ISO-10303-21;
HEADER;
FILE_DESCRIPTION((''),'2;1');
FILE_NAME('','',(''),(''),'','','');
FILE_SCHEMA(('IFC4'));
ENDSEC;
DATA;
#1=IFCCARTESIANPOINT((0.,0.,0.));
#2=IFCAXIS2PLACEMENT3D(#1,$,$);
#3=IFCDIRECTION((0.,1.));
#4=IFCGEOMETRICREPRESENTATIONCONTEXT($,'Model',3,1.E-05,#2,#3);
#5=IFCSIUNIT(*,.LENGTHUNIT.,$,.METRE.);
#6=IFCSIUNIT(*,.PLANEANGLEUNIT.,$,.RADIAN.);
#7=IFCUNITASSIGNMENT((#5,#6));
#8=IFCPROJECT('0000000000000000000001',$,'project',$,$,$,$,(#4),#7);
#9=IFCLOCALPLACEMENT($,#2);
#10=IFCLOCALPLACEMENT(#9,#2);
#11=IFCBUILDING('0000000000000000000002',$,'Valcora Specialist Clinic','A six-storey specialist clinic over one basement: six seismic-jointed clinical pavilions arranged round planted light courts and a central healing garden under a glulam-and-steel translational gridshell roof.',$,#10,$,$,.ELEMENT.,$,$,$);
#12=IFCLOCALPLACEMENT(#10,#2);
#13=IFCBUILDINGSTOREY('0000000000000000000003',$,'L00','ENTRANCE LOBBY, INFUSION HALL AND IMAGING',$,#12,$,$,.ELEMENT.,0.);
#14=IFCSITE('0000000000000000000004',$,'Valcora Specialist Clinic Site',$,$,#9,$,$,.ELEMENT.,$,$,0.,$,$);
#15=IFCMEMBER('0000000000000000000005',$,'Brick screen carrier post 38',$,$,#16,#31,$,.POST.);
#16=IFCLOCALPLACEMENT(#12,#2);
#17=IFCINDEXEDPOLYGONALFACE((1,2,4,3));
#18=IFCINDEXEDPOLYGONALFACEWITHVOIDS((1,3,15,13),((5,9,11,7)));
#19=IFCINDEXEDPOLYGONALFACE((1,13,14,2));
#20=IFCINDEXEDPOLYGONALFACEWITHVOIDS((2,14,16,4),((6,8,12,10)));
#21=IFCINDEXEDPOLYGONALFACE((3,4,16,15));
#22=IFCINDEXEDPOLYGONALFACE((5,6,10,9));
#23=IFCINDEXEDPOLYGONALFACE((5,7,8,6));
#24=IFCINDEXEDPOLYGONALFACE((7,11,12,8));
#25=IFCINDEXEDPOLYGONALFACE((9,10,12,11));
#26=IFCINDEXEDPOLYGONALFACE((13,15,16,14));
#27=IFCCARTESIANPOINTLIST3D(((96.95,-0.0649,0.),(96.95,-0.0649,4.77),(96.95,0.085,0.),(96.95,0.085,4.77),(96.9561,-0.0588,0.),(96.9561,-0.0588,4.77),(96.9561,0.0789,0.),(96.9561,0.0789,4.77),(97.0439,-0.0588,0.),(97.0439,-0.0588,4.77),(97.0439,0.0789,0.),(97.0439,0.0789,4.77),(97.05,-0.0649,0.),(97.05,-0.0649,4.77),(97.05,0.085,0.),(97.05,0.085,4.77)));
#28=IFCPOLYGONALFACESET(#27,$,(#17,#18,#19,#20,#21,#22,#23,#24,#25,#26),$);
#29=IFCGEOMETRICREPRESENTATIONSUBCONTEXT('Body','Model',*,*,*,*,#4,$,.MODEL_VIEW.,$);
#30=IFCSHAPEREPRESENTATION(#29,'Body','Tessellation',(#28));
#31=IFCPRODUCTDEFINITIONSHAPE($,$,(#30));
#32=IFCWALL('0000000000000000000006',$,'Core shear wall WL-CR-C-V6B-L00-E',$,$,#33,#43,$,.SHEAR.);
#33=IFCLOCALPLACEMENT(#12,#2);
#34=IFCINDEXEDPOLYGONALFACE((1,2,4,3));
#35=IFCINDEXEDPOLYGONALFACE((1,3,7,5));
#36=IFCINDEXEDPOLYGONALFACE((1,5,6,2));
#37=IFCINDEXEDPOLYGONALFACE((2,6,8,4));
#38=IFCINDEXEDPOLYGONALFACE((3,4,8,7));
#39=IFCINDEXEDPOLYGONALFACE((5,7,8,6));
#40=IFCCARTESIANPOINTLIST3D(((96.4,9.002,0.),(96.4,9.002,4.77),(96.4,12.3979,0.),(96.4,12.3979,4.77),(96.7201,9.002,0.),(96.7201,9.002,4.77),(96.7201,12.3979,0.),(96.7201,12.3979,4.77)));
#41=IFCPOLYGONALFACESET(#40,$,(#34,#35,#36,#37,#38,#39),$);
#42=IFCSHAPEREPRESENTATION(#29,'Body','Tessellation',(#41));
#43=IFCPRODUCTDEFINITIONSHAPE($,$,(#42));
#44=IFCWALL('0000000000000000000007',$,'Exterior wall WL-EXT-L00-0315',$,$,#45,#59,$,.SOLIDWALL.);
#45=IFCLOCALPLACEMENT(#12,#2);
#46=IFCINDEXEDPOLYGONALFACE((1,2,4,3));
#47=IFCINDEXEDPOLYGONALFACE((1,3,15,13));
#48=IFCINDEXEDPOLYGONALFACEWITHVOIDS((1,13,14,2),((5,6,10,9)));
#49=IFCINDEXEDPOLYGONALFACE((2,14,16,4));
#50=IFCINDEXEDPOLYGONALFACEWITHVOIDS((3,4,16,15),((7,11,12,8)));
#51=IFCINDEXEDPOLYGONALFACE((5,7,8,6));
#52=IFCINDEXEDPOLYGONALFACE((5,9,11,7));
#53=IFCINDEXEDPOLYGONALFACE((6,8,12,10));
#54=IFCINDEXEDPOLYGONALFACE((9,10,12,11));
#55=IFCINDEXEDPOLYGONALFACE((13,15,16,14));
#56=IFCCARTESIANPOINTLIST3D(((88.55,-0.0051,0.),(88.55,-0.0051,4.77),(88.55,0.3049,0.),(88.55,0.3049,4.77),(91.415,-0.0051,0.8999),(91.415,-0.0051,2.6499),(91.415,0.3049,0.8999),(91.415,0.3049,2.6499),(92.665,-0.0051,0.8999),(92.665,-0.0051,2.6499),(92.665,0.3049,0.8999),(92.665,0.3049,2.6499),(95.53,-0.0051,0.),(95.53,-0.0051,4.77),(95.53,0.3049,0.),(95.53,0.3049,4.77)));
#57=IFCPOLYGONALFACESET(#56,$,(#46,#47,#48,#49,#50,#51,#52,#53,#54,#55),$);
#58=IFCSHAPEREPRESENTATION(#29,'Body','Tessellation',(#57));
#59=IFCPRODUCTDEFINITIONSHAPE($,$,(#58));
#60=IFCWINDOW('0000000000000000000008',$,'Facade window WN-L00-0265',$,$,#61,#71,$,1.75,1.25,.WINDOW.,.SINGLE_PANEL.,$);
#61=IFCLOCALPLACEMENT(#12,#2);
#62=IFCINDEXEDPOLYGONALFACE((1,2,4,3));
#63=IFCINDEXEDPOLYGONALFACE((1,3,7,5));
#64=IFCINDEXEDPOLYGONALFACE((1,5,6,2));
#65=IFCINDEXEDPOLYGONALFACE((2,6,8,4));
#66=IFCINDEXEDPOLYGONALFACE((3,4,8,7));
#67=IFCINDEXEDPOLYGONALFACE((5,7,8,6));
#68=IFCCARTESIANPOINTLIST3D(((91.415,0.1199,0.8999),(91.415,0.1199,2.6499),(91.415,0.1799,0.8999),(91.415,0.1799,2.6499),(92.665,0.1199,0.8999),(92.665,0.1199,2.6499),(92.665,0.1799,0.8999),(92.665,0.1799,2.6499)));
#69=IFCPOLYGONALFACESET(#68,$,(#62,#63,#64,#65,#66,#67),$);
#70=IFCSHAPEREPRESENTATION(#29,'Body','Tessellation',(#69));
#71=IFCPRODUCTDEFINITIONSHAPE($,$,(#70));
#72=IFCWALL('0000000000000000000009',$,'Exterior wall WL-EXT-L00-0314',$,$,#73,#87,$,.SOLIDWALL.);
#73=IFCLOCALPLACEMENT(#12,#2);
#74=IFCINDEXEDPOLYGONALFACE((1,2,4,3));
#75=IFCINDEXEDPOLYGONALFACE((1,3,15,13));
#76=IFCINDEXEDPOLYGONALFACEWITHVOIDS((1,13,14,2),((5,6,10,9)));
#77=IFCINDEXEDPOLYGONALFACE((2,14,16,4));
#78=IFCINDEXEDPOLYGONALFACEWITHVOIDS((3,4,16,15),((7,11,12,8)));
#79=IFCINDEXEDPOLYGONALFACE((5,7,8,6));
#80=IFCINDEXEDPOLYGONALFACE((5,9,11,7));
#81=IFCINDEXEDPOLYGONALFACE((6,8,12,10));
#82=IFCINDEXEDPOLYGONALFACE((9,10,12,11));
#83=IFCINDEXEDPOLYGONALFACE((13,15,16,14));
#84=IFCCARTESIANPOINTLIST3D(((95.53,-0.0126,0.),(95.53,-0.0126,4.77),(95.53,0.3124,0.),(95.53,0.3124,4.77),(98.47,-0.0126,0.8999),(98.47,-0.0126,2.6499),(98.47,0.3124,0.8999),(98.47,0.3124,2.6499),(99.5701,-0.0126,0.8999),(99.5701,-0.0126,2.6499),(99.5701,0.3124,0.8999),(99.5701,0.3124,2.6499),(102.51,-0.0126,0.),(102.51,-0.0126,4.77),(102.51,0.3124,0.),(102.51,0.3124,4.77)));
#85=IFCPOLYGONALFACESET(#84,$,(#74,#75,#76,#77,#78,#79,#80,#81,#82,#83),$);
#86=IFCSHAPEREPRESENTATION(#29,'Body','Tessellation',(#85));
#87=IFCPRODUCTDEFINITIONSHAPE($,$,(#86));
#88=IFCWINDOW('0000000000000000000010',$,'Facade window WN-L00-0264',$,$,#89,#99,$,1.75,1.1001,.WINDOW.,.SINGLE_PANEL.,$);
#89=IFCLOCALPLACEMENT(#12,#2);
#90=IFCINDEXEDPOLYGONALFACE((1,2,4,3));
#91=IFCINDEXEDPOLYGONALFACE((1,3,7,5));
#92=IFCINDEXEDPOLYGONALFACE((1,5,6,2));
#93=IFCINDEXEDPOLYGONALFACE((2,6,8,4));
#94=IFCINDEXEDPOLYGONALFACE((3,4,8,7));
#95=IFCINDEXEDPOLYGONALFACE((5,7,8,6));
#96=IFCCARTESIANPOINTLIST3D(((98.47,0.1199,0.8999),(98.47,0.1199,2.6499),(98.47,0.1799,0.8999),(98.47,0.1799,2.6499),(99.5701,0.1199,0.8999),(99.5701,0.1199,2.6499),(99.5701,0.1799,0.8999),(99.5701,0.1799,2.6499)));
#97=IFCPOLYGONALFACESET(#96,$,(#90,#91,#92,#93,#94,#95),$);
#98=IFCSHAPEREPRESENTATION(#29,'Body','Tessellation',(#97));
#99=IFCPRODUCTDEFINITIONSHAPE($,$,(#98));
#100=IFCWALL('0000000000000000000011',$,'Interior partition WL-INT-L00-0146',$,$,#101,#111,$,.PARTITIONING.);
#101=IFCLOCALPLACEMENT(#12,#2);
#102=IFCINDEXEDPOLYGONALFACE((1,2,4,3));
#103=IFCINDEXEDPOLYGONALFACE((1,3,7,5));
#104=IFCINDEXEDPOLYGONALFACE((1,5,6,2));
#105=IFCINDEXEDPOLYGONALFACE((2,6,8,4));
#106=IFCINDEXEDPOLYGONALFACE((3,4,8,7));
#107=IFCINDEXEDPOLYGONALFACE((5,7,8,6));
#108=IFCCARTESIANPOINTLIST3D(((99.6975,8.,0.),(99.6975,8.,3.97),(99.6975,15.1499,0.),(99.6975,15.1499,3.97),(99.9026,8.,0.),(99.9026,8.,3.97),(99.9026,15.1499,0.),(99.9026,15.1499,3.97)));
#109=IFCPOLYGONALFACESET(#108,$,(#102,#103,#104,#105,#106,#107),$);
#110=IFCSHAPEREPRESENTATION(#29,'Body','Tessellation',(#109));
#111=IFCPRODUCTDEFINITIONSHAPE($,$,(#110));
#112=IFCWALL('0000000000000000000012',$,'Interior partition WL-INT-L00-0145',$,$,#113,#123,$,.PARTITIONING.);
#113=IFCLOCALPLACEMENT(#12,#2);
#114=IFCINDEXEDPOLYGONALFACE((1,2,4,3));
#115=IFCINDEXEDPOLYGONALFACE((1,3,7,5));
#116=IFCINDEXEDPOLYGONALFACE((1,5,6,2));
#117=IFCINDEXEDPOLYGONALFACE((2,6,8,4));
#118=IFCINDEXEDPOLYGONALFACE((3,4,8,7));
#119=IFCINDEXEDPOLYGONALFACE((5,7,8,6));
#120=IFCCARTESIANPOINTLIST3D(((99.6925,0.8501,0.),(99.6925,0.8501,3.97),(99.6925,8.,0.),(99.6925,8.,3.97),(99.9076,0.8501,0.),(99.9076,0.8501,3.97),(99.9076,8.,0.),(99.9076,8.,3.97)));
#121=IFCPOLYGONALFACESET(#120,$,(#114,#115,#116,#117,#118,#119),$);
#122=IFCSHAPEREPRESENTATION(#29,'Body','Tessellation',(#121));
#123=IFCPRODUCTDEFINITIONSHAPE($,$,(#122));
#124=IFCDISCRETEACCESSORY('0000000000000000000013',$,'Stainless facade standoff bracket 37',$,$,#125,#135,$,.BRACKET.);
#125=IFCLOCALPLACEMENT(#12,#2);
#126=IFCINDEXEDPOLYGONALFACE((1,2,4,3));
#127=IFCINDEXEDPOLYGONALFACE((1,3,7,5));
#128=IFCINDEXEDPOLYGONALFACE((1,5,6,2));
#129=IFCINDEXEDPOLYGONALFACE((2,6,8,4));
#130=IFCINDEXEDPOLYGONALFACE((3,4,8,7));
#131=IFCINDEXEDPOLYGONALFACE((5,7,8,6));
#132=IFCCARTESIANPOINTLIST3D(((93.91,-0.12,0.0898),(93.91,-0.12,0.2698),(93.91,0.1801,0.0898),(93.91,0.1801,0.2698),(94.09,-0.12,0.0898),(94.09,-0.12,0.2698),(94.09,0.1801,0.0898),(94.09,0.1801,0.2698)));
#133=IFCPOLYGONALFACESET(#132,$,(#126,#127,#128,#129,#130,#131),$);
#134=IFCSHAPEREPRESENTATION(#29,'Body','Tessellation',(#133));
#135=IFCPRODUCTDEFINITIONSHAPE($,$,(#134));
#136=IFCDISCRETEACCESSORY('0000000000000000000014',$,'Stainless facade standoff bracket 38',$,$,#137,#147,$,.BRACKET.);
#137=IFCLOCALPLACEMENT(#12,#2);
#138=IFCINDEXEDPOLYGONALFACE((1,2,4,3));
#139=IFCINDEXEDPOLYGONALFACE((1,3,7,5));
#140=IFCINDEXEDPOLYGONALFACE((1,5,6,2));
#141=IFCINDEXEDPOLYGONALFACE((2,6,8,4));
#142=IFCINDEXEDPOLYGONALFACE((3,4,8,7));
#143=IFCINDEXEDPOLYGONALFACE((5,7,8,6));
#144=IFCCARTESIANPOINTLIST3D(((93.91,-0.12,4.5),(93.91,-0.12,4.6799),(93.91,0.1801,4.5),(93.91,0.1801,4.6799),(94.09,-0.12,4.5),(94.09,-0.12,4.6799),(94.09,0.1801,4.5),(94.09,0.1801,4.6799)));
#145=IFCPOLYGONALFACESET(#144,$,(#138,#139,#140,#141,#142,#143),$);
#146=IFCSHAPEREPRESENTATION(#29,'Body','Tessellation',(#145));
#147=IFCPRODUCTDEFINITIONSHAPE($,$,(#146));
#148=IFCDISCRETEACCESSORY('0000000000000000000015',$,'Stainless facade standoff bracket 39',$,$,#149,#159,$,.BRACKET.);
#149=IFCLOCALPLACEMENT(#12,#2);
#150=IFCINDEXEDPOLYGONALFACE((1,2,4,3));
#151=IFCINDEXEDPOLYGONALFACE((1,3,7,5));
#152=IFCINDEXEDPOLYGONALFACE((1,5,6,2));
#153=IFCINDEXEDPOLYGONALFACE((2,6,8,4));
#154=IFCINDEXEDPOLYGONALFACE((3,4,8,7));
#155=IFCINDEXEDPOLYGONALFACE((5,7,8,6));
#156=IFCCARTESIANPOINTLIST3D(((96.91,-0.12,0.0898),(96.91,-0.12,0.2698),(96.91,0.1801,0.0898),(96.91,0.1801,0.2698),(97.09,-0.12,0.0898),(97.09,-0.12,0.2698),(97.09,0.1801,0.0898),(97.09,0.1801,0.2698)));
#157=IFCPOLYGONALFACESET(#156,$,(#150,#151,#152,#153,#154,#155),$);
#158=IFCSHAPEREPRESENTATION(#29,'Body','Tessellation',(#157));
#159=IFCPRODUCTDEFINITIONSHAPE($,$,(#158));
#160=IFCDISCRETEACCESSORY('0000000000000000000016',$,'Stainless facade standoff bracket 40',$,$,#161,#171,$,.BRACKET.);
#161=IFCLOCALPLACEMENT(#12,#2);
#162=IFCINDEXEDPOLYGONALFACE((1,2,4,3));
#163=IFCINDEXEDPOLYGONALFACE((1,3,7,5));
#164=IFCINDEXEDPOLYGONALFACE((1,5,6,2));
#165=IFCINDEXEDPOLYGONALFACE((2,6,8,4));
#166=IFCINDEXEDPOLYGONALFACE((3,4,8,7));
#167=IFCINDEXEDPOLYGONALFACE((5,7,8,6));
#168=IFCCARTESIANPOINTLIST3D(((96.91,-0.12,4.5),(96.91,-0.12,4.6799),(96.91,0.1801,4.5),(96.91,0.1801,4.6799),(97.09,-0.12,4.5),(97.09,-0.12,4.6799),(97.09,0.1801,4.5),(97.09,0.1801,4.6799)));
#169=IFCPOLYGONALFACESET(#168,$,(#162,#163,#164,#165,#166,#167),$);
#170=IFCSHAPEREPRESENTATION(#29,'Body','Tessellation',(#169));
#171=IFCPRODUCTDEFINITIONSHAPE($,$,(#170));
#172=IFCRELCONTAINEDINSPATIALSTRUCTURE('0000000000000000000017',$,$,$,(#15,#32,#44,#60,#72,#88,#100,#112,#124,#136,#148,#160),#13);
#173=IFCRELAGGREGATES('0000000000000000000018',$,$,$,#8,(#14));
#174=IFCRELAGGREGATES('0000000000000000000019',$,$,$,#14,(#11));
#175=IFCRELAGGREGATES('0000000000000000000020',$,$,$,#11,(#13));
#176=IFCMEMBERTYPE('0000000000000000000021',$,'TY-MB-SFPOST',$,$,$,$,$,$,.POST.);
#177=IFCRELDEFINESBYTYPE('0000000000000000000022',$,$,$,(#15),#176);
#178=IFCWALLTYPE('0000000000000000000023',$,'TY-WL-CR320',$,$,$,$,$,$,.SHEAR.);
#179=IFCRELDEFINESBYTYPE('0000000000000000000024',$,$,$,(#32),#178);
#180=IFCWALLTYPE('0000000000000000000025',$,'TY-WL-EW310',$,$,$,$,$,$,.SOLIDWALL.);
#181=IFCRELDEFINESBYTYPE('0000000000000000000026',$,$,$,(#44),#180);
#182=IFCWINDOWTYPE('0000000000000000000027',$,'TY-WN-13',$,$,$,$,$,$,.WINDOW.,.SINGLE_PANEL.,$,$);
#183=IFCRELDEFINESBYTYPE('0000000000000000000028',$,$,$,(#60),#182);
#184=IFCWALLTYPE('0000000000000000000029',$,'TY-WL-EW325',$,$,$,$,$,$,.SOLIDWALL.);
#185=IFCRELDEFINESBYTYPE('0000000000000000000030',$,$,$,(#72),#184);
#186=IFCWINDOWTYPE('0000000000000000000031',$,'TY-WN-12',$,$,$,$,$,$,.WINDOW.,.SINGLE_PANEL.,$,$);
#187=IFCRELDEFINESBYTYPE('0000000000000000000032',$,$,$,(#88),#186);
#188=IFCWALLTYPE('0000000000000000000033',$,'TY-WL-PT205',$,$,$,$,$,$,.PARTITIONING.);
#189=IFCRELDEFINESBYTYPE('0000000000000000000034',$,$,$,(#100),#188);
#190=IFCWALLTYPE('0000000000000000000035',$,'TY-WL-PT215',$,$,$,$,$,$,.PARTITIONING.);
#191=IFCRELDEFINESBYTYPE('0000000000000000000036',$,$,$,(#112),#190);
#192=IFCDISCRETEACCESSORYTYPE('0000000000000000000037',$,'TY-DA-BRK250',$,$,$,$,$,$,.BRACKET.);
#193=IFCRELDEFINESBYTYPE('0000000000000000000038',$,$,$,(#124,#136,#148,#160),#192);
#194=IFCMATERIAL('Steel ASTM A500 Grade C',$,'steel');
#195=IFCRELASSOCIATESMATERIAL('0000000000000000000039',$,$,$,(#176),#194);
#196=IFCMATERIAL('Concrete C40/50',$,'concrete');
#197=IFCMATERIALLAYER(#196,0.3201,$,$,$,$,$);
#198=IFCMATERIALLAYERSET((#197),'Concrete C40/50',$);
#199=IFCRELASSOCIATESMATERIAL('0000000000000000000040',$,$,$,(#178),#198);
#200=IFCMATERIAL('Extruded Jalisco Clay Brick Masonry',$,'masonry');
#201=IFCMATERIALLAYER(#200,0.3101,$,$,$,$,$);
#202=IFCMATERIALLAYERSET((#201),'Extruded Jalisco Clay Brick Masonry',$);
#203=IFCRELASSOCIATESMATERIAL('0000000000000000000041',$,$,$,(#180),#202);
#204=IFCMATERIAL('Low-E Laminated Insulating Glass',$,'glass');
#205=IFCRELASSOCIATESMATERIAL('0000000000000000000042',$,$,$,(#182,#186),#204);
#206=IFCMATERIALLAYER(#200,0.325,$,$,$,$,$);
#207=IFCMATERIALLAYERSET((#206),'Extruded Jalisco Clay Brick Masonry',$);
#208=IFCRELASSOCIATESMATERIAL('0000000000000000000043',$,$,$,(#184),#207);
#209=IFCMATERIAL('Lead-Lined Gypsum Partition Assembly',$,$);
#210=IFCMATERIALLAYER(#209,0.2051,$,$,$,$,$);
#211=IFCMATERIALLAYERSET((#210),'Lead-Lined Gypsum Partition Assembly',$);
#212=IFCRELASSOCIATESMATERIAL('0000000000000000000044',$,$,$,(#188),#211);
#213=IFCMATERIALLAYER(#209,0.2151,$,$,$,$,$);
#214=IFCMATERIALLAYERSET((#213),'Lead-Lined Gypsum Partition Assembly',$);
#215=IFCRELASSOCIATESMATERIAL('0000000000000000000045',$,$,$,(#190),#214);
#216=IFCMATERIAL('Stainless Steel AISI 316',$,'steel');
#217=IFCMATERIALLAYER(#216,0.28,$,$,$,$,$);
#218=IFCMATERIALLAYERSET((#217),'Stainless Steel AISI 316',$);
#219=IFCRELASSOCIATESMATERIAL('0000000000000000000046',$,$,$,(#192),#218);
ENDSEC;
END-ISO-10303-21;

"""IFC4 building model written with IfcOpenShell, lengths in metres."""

from ifc_helpers import new_model, si_unit, direction, frame, frame_2d, origin, origin_2d, place, context, subcontext, project, spatial, rectangle, hollow_rectangle, extrude, material, layer, layer_set, material_profile, profile_set, type_object, element, fill, save


model = new_model("IFC4")

# Units and contexts
model_context = context("Model", 3, precision=1e-05, world=origin(), true_north=direction((0.0, 1.0)))
body_context = subcontext(model_context, "Body", "Model", "MODEL_VIEW")
ifc_project = project(units=[si_unit("LENGTHUNIT", "METRE"), si_unit("PLANEANGLEUNIT", "RADIAN")], contexts=[model_context])

# Site, building, storey
site_placement = place(None, origin())
site = spatial("IfcSite", under=ifc_project, at=site_placement, Name="Valcora Specialist Clinic Site", CompositionType="ELEMENT", RefElevation=0.0)
building_placement = place(site_placement, origin())
building = spatial("IfcBuilding", under=site, at=building_placement, Name="Valcora Specialist Clinic", Description="A six-storey specialist clinic over one basement: six seismic-jointed clinical pavilions arranged round planted light courts and a central healing garden under a glulam-and-steel translational gridshell roof.", CompositionType="ELEMENT")
storey_placement = place(building_placement, origin())
storey = spatial("IfcBuildingStorey", under=building, at=storey_placement, Name="L00", Description="ENTRANCE LOBBY, INFUSION HALL AND IMAGING", CompositionType="ELEMENT", Elevation=0.0)

# Shared definitions
ifc_material_1 = material(Name="Concrete C40/50", Category="concrete")

# Member
ifc_material_2 = material(Name="Steel ASTM A500 Grade C", Category="steel")
ifc_material_profile_1 = material_profile(ifc_material_2, hollow_rectangle(XDim=0.1001, YDim=0.1499, WallThickness=0.0061, at=origin_2d()), Name="ST-RHS-150X100X6")
ifc_profile_set_1 = profile_set([ifc_material_profile_1], Name="Steel ASTM A500 Grade C")
member_type = type_object("IfcMemberType", Name="TY-MB-SFPOST", PredefinedType="POST", material=ifc_profile_set_1)
member_placement = place(storey_placement, frame((97.0, 0.01, 0.0), z_axis=(0.0, 0.0, 1.0), x_axis=(1.0, 0.0, 0.0)))
element("IfcMember", 1, at=member_placement, inside=storey, type_object=member_type, Name="Brick screen carrier post 38", PredefinedType="POST", context=body_context, shape_type="SweptSolid", body=[
    extrude(hollow_rectangle(XDim=0.1001, YDim=0.1499, WallThickness=0.0061, at=origin_2d()), origin(), (0.0, 0.0, 1.0), 4.77),
])

# Wall
ifc_layer_1 = layer(ifc_material_1, 0.3201)
ifc_layer_set_1 = layer_set([ifc_layer_1], Name="Concrete C40/50")
wall_type_1 = type_object("IfcWallType", Name="TY-WL-CR320", PredefinedType="SHEAR", material=ifc_layer_set_1)
wall_1_placement = place(storey_placement, frame((96.5601, 9.002, 0.0), z_axis=(0.0, 0.0, 1.0), x_axis=(0.0, 1.0, 0.0)))
element("IfcWall", 2, at=wall_1_placement, inside=storey, type_object=wall_type_1, Name="Core shear wall WL-CR-C-V6B-L00-E", PredefinedType="SHEAR", context=body_context, shape_type="SweptSolid", body=[
    extrude(rectangle(XDim=3.396, YDim=0.3201, at=frame_2d((1.698, 0.0))), origin(), (0.0, 0.0, 1.0), 4.77),
])

# Walls, openings, windows
ifc_material_3 = material(Name="Extruded Jalisco Clay Brick Masonry", Category="masonry")
ifc_layer_2 = layer(ifc_material_3, 0.3101)
ifc_layer_set_2 = layer_set([ifc_layer_2], Name="Extruded Jalisco Clay Brick Masonry")
wall_type_2 = type_object("IfcWallType", Name="TY-WL-EW310", PredefinedType="SOLIDWALL", material=ifc_layer_set_2)
wall_2_placement = place(storey_placement, frame((95.53, 0.1499, 0.0), z_axis=(0.0, 0.0, 1.0), x_axis=(-1.0, 0.0, 0.0)))
wall_2 = element("IfcWall", 3, at=wall_2_placement, inside=storey, type_object=wall_type_2, Name="Exterior wall WL-EXT-L00-0315", PredefinedType="SOLIDWALL", context=body_context, shape_type="SweptSolid", body=[
    extrude(rectangle(XDim=6.98, YDim=0.3101, at=frame_2d((3.49, 0.0))), origin(), (0.0, 0.0, 1.0), 4.77),
])
opening_1_placement = place(wall_2_placement, frame((2.865, 0.0, 0.8999)))
opening_1 = element("IfcOpeningElement", 4, at=opening_1_placement, cuts=wall_2, PredefinedType="OPENING", context=body_context, shape_type="SweptSolid", body=[
    extrude(rectangle(XDim=1.25, YDim=1.75, at=frame_2d((0.625, 0.875))), frame((0.0, 0.165, 0.0), z_axis=(0.0, -1.0, 0.0), x_axis=(1.0, 0.0, 0.0)), (0.0, 0.0, 1.0), 0.3301),
])
ifc_material_4 = material(Name="Low-E Laminated Insulating Glass", Category="glass")
window_type_1 = type_object("IfcWindowType", Name="TY-WN-13", PartitioningType="SINGLE_PANEL", PredefinedType="WINDOW", material=ifc_material_4)
window_1_placement = place(opening_1_placement, origin())
window_1 = element("IfcWindow", 5, at=window_1_placement, inside=storey, type_object=window_type_1, Name="Facade window WN-L00-0265", OverallHeight=1.75, OverallWidth=1.25, PartitioningType="SINGLE_PANEL", PredefinedType="WINDOW", context=body_context, shape_type="SweptSolid", body=[
    extrude(rectangle(XDim=1.25, YDim=1.75, at=frame_2d((0.625, 0.875))), frame((0.0, 0.03, 0.0), z_axis=(0.0, -1.0, 0.0), x_axis=(1.0, 0.0, 0.0)), (0.0, 0.0, 1.0), 0.0601),
])
fill(opening_1, window_1)
ifc_layer_3 = layer(ifc_material_3, 0.325)
ifc_layer_set_3 = layer_set([ifc_layer_3], Name="Extruded Jalisco Clay Brick Masonry")
wall_type_3 = type_object("IfcWallType", Name="TY-WL-EW325", PredefinedType="SOLIDWALL", material=ifc_layer_set_3)
wall_3_placement = place(storey_placement, frame((102.51, 0.1499, 0.0), z_axis=(0.0, 0.0, 1.0), x_axis=(-1.0, 0.0, 0.0)))
wall_3 = element("IfcWall", 6, at=wall_3_placement, inside=storey, type_object=wall_type_3, Name="Exterior wall WL-EXT-L00-0314", PredefinedType="SOLIDWALL", context=body_context, shape_type="SweptSolid", body=[
    extrude(rectangle(XDim=6.98, YDim=0.325, at=frame_2d((3.49, 0.0))), origin(), (0.0, 0.0, 1.0), 4.77),
])
opening_2_placement = place(wall_3_placement, frame((2.9399, 0.0, 0.8999)))
opening_2 = element("IfcOpeningElement", 7, at=opening_2_placement, cuts=wall_3, PredefinedType="OPENING", context=body_context, shape_type="SweptSolid", body=[
    extrude(rectangle(XDim=1.1001, YDim=1.75, at=frame_2d((0.55, 0.875))), frame((0.0, 0.1724, 0.0), z_axis=(0.0, -1.0, 0.0), x_axis=(1.0, 0.0, 0.0)), (0.0, 0.0, 1.0), 0.345),
])
window_type_2 = type_object("IfcWindowType", Name="TY-WN-12", PartitioningType="SINGLE_PANEL", PredefinedType="WINDOW", material=ifc_material_4)
window_2_placement = place(opening_2_placement, origin())
window_2 = element("IfcWindow", 8, at=window_2_placement, inside=storey, type_object=window_type_2, Name="Facade window WN-L00-0264", OverallHeight=1.75, OverallWidth=1.1001, PartitioningType="SINGLE_PANEL", PredefinedType="WINDOW", context=body_context, shape_type="SweptSolid", body=[
    extrude(rectangle(XDim=1.1001, YDim=1.75, at=frame_2d((0.55, 0.875))), frame((0.0, 0.03, 0.0), z_axis=(0.0, -1.0, 0.0), x_axis=(1.0, 0.0, 0.0)), (0.0, 0.0, 1.0), 0.0601),
])
fill(opening_2, window_2)

# Walls
ifc_material_5 = material(Name="Lead-Lined Gypsum Partition Assembly")
ifc_layer_4 = layer(ifc_material_5, 0.2051)
ifc_layer_set_4 = layer_set([ifc_layer_4], Name="Lead-Lined Gypsum Partition Assembly")
wall_type_4 = type_object("IfcWallType", Name="TY-WL-PT205", PredefinedType="PARTITIONING", material=ifc_layer_set_4)
wall_4_placement = place(storey_placement, frame((99.8, 8.0, 0.0), z_axis=(0.0, 0.0, 1.0), x_axis=(0.0, 1.0, 0.0)))
element("IfcWall", 9, at=wall_4_placement, inside=storey, type_object=wall_type_4, Name="Interior partition WL-INT-L00-0146", PredefinedType="PARTITIONING", context=body_context, shape_type="SweptSolid", body=[
    extrude(rectangle(XDim=7.1499, YDim=0.2051, at=frame_2d((3.575, 0.0))), origin(), (0.0, 0.0, 1.0), 3.97),
])
ifc_layer_5 = layer(ifc_material_5, 0.2151)
ifc_layer_set_5 = layer_set([ifc_layer_5], Name="Lead-Lined Gypsum Partition Assembly")
wall_type_5 = type_object("IfcWallType", Name="TY-WL-PT215", PredefinedType="PARTITIONING", material=ifc_layer_set_5)
wall_5_placement = place(storey_placement, frame((99.8, 0.8501, 0.0), z_axis=(0.0, 0.0, 1.0), x_axis=(0.0, 1.0, 0.0)))
element("IfcWall", 10, at=wall_5_placement, inside=storey, type_object=wall_type_5, Name="Interior partition WL-INT-L00-0145", PredefinedType="PARTITIONING", context=body_context, shape_type="SweptSolid", body=[
    extrude(rectangle(XDim=7.1499, YDim=0.2151, at=frame_2d((3.575, 0.0))), origin(), (0.0, 0.0, 1.0), 3.97),
])

# Discrete accessories
ifc_material_6 = material(Name="Stainless Steel AISI 316", Category="steel")
ifc_layer_6 = layer(ifc_material_6, 0.28)
ifc_layer_set_6 = layer_set([ifc_layer_6], Name="Stainless Steel AISI 316")
discrete_accessory_type = type_object("IfcDiscreteAccessoryType", Name="TY-DA-BRK250", PredefinedType="BRACKET", material=ifc_layer_set_6)
for number, where, z_axis, x_axis, name in (
    (11, (94.0, 0.03, 0.0898), (0.0, 0.0, 1.0), (1.0, 0.0, 0.0), "Stainless facade standoff bracket 37"),
    (12, (94.0, 0.03, 4.5), (0.0, 0.0, 1.0), (1.0, 0.0, 0.0), "Stainless facade standoff bracket 38"),
    (13, (97.0, 0.03, 0.0898), (0.0, 0.0, 1.0), (1.0, 0.0, 0.0), "Stainless facade standoff bracket 39"),
    (14, (97.0, 0.03, 4.5), (0.0, 0.0, 1.0), (1.0, 0.0, 0.0), "Stainless facade standoff bracket 40"),
):
    element("IfcDiscreteAccessory", number, at=place(storey_placement, frame(where, z_axis=z_axis, x_axis=x_axis)), inside=storey, type_object=discrete_accessory_type, Name=name, PredefinedType="BRACKET", context=body_context, shape_type="SweptSolid", body=[
        extrude(rectangle(XDim=0.1799, YDim=0.3, at=origin_2d()), origin(), (0.0, 0.0, 1.0), 0.1799),
    ])

save(model, "model.ifc")
